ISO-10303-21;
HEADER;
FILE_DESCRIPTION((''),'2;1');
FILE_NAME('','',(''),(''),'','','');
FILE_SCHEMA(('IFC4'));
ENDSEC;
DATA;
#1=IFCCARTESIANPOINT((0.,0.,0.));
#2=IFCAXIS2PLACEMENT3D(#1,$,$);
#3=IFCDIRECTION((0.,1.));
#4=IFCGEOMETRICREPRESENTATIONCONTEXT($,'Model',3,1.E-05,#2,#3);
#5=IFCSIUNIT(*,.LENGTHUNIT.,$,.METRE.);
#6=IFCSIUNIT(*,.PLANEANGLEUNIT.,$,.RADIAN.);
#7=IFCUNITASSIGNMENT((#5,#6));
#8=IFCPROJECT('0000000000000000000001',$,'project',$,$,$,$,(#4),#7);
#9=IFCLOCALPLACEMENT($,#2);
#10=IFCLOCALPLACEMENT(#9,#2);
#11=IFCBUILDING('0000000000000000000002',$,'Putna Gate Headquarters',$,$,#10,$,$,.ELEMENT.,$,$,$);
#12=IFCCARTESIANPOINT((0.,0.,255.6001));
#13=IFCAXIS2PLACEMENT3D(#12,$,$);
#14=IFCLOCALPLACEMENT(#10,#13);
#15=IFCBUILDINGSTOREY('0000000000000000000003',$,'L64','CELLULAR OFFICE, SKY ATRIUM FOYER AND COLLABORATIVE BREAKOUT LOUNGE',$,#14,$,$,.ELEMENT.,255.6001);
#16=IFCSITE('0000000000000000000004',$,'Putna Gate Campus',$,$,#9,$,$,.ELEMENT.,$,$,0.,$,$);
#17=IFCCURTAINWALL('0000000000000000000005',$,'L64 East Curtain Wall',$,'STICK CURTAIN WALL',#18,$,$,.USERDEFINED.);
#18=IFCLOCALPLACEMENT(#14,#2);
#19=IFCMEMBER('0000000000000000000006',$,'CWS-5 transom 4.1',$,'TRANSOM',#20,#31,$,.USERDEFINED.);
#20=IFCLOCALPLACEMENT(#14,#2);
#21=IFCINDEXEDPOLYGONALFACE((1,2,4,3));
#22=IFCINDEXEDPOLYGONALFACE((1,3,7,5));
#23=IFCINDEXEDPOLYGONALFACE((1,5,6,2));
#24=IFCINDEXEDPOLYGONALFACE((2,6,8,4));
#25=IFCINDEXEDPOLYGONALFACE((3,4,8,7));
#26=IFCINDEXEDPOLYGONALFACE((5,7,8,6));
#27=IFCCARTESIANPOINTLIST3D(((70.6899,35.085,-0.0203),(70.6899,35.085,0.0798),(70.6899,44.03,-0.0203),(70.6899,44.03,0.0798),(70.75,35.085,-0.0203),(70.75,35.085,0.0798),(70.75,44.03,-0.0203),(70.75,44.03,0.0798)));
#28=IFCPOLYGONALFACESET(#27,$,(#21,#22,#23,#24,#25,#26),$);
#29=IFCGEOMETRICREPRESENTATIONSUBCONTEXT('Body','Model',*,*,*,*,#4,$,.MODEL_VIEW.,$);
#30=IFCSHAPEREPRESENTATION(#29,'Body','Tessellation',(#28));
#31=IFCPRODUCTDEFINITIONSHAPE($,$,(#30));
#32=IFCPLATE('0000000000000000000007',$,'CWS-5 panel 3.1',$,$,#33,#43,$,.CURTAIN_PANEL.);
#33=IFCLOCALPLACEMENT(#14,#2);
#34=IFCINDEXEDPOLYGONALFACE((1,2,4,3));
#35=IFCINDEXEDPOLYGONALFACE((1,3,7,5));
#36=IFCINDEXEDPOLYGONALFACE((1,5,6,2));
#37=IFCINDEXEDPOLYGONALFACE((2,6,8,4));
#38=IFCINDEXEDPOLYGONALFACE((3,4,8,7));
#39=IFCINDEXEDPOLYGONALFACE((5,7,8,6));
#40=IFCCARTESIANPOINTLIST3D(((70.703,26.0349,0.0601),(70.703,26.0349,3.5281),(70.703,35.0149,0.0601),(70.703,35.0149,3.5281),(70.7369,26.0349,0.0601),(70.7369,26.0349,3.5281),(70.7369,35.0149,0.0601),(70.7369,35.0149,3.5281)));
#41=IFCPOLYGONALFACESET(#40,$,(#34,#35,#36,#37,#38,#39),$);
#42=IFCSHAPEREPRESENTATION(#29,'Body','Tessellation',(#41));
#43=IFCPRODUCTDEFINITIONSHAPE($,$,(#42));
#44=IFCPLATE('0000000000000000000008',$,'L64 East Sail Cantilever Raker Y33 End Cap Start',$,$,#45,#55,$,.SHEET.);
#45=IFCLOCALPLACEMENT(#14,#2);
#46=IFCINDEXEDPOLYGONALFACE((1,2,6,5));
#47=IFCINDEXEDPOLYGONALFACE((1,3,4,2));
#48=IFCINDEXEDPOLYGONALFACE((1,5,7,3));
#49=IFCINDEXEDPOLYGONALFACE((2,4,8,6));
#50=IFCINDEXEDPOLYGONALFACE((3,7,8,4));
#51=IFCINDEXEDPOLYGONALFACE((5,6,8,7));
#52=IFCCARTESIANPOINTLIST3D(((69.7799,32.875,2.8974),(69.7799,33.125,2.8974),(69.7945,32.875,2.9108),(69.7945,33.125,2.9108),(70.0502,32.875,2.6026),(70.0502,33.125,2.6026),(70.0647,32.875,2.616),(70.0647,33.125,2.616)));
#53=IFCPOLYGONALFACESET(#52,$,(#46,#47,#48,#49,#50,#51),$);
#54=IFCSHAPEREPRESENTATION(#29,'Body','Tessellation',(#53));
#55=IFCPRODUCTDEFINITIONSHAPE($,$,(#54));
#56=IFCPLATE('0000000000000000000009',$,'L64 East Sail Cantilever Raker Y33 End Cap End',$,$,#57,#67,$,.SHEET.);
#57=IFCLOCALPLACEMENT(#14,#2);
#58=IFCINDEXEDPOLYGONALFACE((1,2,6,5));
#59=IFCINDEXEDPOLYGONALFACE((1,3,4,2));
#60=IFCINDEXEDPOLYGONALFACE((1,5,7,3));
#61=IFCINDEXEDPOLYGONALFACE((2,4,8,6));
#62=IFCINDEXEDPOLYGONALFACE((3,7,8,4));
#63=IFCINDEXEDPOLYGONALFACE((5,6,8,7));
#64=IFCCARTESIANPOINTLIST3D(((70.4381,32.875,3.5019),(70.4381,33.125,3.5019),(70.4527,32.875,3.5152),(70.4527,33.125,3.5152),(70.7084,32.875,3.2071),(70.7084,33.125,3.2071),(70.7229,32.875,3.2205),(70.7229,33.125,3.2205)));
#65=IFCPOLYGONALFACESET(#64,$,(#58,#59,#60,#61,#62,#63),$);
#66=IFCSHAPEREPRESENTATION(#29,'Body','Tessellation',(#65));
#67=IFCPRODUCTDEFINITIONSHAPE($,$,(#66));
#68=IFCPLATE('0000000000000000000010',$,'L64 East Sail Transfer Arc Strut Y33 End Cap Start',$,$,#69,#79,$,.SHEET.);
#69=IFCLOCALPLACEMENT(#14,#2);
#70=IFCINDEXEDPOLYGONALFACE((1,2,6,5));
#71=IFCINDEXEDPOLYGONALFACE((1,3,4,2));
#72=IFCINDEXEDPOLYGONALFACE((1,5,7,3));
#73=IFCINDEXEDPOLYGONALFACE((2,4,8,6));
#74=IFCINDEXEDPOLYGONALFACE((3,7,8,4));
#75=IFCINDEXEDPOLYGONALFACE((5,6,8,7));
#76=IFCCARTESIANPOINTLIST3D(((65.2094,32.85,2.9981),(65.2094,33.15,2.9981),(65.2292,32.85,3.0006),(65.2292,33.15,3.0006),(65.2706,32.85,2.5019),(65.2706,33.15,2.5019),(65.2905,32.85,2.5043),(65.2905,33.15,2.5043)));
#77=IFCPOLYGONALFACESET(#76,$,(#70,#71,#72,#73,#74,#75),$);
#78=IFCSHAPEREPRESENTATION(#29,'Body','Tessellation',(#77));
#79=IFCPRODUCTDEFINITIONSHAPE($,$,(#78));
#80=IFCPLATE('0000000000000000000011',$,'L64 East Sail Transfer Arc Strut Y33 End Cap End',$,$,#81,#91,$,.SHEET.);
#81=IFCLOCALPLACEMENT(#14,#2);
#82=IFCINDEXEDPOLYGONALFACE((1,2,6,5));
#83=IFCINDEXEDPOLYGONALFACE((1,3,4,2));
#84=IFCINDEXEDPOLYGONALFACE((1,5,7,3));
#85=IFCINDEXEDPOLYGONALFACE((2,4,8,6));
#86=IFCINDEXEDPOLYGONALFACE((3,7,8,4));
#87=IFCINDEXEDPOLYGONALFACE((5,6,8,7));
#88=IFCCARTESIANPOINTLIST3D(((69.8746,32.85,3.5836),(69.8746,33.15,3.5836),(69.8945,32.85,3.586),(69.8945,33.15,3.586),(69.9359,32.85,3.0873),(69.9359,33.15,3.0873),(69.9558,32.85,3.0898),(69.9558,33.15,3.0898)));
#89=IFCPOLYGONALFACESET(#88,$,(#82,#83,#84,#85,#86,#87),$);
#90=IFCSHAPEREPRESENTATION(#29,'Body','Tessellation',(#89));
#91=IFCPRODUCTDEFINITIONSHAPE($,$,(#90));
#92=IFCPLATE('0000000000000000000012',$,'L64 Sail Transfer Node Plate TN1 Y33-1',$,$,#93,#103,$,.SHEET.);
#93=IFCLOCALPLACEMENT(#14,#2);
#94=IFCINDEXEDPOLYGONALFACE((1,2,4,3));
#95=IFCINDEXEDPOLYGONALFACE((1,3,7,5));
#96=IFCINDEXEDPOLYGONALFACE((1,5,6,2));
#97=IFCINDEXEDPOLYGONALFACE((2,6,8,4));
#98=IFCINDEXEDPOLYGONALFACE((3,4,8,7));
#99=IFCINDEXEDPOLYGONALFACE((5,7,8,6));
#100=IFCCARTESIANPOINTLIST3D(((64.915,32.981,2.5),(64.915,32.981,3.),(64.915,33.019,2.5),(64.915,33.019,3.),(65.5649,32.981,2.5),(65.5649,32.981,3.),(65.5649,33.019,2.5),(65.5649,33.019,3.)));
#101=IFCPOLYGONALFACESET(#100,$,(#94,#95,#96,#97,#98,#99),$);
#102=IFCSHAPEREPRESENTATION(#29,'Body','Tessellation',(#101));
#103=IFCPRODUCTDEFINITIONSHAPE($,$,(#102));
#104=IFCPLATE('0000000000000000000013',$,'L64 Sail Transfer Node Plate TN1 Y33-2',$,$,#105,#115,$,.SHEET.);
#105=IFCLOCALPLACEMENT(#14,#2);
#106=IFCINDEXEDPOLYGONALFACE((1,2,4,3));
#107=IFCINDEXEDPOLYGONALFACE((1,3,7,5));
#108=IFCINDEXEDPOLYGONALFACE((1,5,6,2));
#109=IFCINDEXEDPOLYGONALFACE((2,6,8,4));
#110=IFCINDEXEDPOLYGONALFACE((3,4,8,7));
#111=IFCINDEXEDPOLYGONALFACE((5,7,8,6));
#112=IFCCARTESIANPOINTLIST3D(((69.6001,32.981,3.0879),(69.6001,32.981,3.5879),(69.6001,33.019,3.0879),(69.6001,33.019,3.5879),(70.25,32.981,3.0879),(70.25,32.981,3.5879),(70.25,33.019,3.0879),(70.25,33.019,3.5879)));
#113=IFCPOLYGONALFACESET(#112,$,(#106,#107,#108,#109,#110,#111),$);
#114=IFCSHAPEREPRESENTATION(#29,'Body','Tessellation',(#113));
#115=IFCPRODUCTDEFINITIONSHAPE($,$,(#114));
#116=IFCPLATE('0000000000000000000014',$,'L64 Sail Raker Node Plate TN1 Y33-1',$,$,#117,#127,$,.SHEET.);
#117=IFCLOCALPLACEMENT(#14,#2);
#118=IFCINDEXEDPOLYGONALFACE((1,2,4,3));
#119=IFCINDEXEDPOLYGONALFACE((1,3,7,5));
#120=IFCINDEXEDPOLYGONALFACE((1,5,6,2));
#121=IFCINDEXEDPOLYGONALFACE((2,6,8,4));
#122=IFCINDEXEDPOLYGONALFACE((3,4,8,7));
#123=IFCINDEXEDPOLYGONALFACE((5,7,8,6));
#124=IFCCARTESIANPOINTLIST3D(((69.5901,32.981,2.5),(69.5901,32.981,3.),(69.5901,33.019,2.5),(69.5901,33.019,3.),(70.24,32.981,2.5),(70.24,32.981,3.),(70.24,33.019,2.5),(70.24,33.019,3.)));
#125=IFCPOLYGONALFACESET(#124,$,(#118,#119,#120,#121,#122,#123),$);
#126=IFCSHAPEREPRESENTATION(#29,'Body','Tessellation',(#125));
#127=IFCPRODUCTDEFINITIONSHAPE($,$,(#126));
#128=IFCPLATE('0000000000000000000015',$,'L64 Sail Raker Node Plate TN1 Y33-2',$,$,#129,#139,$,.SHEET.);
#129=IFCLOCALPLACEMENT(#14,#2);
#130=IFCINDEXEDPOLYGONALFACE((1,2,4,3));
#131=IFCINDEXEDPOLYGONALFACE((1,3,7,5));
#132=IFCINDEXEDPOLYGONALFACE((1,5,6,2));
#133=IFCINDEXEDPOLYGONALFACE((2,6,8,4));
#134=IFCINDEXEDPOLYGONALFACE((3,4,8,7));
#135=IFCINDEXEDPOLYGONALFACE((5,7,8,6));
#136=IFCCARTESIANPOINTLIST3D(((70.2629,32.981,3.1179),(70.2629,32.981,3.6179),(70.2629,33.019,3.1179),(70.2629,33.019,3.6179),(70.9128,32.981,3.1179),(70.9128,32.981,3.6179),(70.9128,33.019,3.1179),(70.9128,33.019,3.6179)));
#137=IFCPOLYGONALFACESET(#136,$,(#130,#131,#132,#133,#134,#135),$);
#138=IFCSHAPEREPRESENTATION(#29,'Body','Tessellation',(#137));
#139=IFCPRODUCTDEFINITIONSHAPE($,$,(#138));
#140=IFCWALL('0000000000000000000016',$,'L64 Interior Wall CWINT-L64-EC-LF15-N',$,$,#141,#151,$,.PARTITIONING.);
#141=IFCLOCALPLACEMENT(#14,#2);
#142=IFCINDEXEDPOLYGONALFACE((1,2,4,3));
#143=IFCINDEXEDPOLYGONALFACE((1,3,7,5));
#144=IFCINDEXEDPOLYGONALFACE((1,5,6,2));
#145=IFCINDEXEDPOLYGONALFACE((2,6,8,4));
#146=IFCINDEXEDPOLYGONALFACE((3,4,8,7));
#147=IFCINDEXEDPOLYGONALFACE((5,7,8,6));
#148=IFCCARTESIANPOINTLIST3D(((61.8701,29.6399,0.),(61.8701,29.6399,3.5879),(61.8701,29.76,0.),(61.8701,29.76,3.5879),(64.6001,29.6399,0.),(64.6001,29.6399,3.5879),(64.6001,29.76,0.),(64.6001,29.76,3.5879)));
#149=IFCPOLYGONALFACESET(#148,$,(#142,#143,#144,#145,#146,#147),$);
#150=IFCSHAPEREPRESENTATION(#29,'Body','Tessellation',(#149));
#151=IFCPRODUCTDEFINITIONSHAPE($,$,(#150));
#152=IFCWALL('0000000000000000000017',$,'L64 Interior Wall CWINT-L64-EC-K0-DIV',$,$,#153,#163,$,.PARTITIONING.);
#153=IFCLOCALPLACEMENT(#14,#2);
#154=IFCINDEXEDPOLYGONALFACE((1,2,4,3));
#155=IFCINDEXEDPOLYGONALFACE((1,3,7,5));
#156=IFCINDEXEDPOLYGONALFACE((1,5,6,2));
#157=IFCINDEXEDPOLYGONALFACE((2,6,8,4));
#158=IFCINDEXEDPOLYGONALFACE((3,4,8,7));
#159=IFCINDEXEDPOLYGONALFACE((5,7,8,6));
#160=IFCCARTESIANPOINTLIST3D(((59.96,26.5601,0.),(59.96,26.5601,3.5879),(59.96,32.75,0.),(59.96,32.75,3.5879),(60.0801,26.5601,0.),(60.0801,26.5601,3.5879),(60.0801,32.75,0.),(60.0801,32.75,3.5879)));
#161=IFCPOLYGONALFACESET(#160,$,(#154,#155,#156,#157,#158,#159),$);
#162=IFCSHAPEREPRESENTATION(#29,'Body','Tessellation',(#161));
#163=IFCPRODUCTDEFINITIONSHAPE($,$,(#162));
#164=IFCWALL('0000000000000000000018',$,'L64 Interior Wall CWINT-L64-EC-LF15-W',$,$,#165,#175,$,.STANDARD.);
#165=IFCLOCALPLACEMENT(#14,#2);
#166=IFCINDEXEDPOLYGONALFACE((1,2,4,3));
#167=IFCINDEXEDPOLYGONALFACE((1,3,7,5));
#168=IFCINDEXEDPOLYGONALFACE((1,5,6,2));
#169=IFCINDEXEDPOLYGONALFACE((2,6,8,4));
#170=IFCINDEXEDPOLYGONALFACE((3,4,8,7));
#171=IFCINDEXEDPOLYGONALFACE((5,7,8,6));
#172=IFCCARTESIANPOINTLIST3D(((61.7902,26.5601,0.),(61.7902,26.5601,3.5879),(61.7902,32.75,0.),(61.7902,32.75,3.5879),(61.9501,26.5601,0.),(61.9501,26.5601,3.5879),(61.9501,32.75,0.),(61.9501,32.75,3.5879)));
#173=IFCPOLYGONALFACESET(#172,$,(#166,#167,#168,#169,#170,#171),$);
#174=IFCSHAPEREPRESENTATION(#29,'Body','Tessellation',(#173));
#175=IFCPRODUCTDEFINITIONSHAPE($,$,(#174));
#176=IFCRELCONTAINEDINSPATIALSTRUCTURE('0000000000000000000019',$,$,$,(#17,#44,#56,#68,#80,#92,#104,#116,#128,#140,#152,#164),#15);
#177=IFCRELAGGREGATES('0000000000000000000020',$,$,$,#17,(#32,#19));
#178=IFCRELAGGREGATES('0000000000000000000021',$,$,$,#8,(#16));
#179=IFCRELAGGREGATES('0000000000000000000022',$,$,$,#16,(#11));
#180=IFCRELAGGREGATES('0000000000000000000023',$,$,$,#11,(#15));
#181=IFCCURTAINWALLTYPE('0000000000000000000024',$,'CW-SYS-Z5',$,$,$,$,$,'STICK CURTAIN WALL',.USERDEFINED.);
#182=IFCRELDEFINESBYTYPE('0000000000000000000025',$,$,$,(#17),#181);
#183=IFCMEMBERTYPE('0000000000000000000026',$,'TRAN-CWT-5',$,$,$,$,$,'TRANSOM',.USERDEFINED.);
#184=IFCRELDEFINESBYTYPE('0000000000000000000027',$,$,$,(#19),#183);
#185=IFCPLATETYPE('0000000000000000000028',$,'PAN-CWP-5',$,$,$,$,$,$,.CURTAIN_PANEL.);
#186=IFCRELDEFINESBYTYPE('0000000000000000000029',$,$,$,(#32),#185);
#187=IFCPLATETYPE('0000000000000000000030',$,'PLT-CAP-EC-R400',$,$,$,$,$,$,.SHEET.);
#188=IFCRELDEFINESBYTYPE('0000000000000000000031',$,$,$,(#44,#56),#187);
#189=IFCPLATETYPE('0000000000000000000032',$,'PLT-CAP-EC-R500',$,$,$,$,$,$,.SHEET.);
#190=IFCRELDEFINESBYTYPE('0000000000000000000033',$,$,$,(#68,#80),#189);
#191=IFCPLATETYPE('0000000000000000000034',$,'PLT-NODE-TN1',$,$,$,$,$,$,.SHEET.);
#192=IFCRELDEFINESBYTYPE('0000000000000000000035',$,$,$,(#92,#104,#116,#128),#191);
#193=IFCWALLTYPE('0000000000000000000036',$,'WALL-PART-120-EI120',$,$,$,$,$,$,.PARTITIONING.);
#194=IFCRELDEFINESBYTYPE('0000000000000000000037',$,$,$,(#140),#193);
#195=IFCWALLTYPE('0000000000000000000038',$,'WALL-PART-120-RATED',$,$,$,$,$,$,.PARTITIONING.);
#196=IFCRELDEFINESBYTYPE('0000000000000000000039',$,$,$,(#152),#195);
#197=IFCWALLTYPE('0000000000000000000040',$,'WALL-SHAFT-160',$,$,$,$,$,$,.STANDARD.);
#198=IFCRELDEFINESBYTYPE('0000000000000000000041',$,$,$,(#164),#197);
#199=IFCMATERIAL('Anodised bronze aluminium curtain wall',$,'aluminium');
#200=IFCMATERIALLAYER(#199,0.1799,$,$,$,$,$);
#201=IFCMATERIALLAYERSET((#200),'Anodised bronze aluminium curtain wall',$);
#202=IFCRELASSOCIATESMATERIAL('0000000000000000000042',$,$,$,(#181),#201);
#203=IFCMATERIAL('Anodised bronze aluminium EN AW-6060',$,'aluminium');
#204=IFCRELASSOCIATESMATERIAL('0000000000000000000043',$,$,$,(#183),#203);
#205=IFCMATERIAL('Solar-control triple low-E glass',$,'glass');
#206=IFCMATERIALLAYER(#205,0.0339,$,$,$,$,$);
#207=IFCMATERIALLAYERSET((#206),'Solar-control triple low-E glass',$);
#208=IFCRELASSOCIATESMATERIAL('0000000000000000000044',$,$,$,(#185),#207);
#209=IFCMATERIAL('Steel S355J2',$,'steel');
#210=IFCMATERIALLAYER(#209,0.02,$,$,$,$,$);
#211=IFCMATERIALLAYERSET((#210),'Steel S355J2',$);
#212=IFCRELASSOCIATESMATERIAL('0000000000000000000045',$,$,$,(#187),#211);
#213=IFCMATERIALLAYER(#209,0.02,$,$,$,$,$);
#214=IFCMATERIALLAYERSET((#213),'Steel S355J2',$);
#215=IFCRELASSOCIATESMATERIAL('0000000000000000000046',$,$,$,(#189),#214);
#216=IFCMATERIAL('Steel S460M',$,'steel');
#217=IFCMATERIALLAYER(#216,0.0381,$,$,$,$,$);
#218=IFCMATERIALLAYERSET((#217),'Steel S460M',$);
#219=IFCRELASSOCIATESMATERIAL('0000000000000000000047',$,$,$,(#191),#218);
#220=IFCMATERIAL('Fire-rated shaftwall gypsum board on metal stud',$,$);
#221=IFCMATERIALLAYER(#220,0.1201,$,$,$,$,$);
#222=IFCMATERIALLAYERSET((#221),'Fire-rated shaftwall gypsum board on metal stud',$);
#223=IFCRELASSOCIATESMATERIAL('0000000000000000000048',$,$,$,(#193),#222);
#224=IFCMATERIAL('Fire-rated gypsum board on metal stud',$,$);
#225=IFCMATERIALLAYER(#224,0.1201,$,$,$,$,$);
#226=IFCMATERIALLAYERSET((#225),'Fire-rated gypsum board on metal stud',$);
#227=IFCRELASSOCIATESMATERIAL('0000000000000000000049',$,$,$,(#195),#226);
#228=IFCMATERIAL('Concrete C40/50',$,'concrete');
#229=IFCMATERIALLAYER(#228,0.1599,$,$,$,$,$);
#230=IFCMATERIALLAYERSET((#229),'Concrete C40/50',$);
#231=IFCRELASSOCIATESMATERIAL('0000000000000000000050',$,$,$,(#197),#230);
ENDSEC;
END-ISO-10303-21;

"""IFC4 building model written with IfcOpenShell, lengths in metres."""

from ifc_helpers import new_model, si_unit, direction, frame, frame_2d, origin, origin_2d, place, context, subcontext, project, spatial, rectangle, extrude, material, layer, layer_set, material_profile, profile_set, type_object, element, aggregate, save


model = new_model("IFC4")

# Units and contexts
model_context = context("Model", 3, precision=1e-05, world=origin(), true_north=direction((0.0, 1.0)))
body_context = subcontext(model_context, "Body", "Model", "MODEL_VIEW")
ifc_project = project(units=[si_unit("LENGTHUNIT", "METRE"), si_unit("PLANEANGLEUNIT", "RADIAN")], contexts=[model_context])

# Site, building, storey
site_placement = place(None, origin())
site = spatial("IfcSite", under=ifc_project, at=site_placement, Name="Putna Gate Campus", CompositionType="ELEMENT", RefElevation=0.0)
building_placement = place(site_placement, origin())
building = spatial("IfcBuilding", under=site, at=building_placement, Name="Putna Gate Headquarters", CompositionType="ELEMENT")
storey_placement = place(building_placement, frame((0.0, 0.0, 255.6001)))
storey = spatial("IfcBuildingStorey", under=building, at=storey_placement, Name="L64", Description="CELLULAR OFFICE, SKY ATRIUM FOYER AND COLLABORATIVE BREAKOUT LOUNGE", CompositionType="ELEMENT", Elevation=255.6001)

# Shared definitions
ifc_material_1 = material(Name="Steel S460M", Category="steel")

# Shared definitions
ifc_material_2 = material(Name="Steel S355J2", Category="steel")

# Curtain wall, member, plate
ifc_material_3 = material(Name="Anodised bronze aluminium curtain wall", Category="aluminium")
ifc_layer_1 = layer(ifc_material_3, 0.1799)
ifc_layer_set_1 = layer_set([ifc_layer_1], Name="Anodised bronze aluminium curtain wall")
curtain_wall_type = type_object("IfcCurtainWallType", Name="CW-SYS-Z5", ElementType="STICK CURTAIN WALL", PredefinedType="USERDEFINED", material=ifc_layer_set_1)
curtain_wall_placement = place(storey_placement, origin())
curtain_wall = element("IfcCurtainWall", 1, at=curtain_wall_placement, inside=storey, type_object=curtain_wall_type, Name="L64 East Curtain Wall", ObjectType="STICK CURTAIN WALL", PredefinedType="USERDEFINED")
ifc_material_4 = material(Name="Anodised bronze aluminium EN AW-6060", Category="aluminium")
ifc_material_profile_1 = material_profile(ifc_material_4, rectangle(XDim=0.0601, YDim=0.1001, at=origin_2d()), Name="Anodised bronze aluminium EN AW-6060")
ifc_profile_set_1 = profile_set([ifc_material_profile_1], Name="Anodised bronze aluminium EN AW-6060")
member_type_1 = type_object("IfcMemberType", Name="TRAN-CWT-5", ElementType="TRANSOM", PredefinedType="USERDEFINED", material=ifc_profile_set_1)
member_1_placement = place(storey_placement, frame((70.72, 35.085, 0.0298), z_axis=(0.0, 1.0, 0.0), x_axis=(-1.0, 0.0, 0.0)))
member_1 = element("IfcMember", 2, at=member_1_placement, type_object=member_type_1, Name="CWS-5 transom 4.1", ObjectType="TRANSOM", PredefinedType="USERDEFINED", context=body_context, shape_type="SweptSolid", body=[
    extrude(rectangle(XDim=0.0601, YDim=0.1001, at=origin_2d()), origin(), (0.0, 0.0, 1.0), 8.9451),
])
ifc_material_5 = material(Name="Solar-control triple low-E glass", Category="glass")
ifc_layer_2 = layer(ifc_material_5, 0.0339)
ifc_layer_set_2 = layer_set([ifc_layer_2], Name="Solar-control triple low-E glass")
plate_type_1 = type_object("IfcPlateType", Name="PAN-CWP-5", PredefinedType="CURTAIN_PANEL", material=ifc_layer_set_2)
plate_placement = place(storey_placement, frame((70.72, 30.5249, 0.0601), z_axis=(0.0, 0.0, 1.0), x_axis=(0.0, 1.0, 0.0)))
plate = element("IfcPlate", 3, at=plate_placement, type_object=plate_type_1, Name="CWS-5 panel 3.1", PredefinedType="CURTAIN_PANEL", context=body_context, shape_type="SweptSolid", body=[
    extrude(rectangle(XDim=8.98, YDim=0.0339, at=origin_2d()), origin(), (0.0, 0.0, 1.0), 3.468),
])
aggregate(curtain_wall, [plate, member_1])

# Plates
ifc_layer_3 = layer(ifc_material_2, 0.02)
ifc_layer_set_3 = layer_set([ifc_layer_3], Name="Steel S355J2")
plate_type_2 = type_object("IfcPlateType", Name="PLT-CAP-EC-R400", PredefinedType="SHEET", material=ifc_layer_set_3)
for number, where, z_axis, x_axis, name in (
    (4, (69.915, 33.0, 2.75), (0.737154, 0.0, 0.675725), (0.0, 1.0, 0.0), "L64 East Sail Cantilever Raker Y33 End Cap Start"),
    (5, (70.5732, 33.0, 3.3545), (0.737154, 0.0, 0.675725), (0.0, 1.0, 0.0), "L64 East Sail Cantilever Raker Y33 End Cap End"),
):
    element("IfcPlate", number, at=place(storey_placement, frame(where, z_axis=z_axis, x_axis=x_axis)), inside=storey, type_object=plate_type_2, Name=name, PredefinedType="SHEET", context=body_context, shape_type="SweptSolid", body=[
        extrude(rectangle(XDim=0.25, YDim=0.3999, at=origin_2d()), origin(), (0.0, 0.0, 1.0), 0.0198),
    ])
ifc_layer_4 = layer(ifc_material_2, 0.02)
ifc_layer_set_4 = layer_set([ifc_layer_4], Name="Steel S355J2")
plate_type_3 = type_object("IfcPlateType", Name="PLT-CAP-EC-R500", PredefinedType="SHEET", material=ifc_layer_set_4)
for number, where, z_axis, x_axis, name in (
    (6, (65.24, 33.0, 2.75), (0.992465, 0.0, 0.122527), (0.0, 1.0, 0.0), "L64 East Sail Transfer Arc Strut Y33 End Cap Start"),
    (7, (69.9053, 33.0, 3.3354), (0.992465, 0.0, 0.122527), (0.0, 1.0, 0.0), "L64 East Sail Transfer Arc Strut Y33 End Cap End"),
):
    element("IfcPlate", number, at=place(storey_placement, frame(where, z_axis=z_axis, x_axis=x_axis)), inside=storey, type_object=plate_type_3, Name=name, PredefinedType="SHEET", context=body_context, shape_type="SweptSolid", body=[
        extrude(rectangle(XDim=0.3, YDim=0.5, at=origin_2d()), origin(), (0.0, 0.0, 1.0), 0.02),
    ])
ifc_layer_5 = layer(ifc_material_1, 0.0381)
ifc_layer_set_5 = layer_set([ifc_layer_5], Name="Steel S460M")
plate_type_4 = type_object("IfcPlateType", Name="PLT-NODE-TN1", PredefinedType="SHEET", material=ifc_layer_set_5)
for number, where, z_axis, x_axis, name in (
    (8, (65.24, 33.0, 2.5), (0.0, 0.0, 1.0), (1.0, 0.0, 0.0), "L64 Sail Transfer Node Plate TN1 Y33-1"),
    (9, (69.925, 33.0, 3.0879), (0.0, 0.0, 1.0), (1.0, 0.0, 0.0), "L64 Sail Transfer Node Plate TN1 Y33-2"),
    (10, (69.915, 33.0, 2.5), (0.0, 0.0, 1.0), (1.0, 0.0, 0.0), "L64 Sail Raker Node Plate TN1 Y33-1"),
    (11, (70.5879, 33.0, 3.1179), (0.0, 0.0, 1.0), (1.0, 0.0, 0.0), "L64 Sail Raker Node Plate TN1 Y33-2"),
):
    element("IfcPlate", number, at=place(storey_placement, frame(where, z_axis=z_axis, x_axis=x_axis)), inside=storey, type_object=plate_type_4, Name=name, PredefinedType="SHEET", context=body_context, shape_type="SweptSolid", body=[
        extrude(rectangle(XDim=0.6499, YDim=0.0381, at=origin_2d()), origin(), (0.0, 0.0, 1.0), 0.5),
    ])

# Walls
ifc_material_6 = material(Name="Fire-rated shaftwall gypsum board on metal stud")
ifc_layer_6 = layer(ifc_material_6, 0.1201)
ifc_layer_set_6 = layer_set([ifc_layer_6], Name="Fire-rated shaftwall gypsum board on metal stud")
wall_type_1 = type_object("IfcWallType", Name="WALL-PART-120-EI120", PredefinedType="PARTITIONING", material=ifc_layer_set_6)
wall_1_placement = place(storey_placement, frame((61.8701, 29.7, 0.0), z_axis=(0.0, 0.0, 1.0), x_axis=(1.0, 0.0, 0.0)))
element("IfcWall", 12, at=wall_1_placement, inside=storey, type_object=wall_type_1, Name="L64 Interior Wall CWINT-L64-EC-LF15-N", PredefinedType="PARTITIONING", context=body_context, shape_type="SweptSolid", body=[
    extrude(rectangle(XDim=2.73, YDim=0.1201, at=frame_2d((1.365, 0.0))), origin(), (0.0, 0.0, 1.0), 3.5879),
])
ifc_material_7 = material(Name="Fire-rated gypsum board on metal stud")
ifc_layer_7 = layer(ifc_material_7, 0.1201)
ifc_layer_set_7 = layer_set([ifc_layer_7], Name="Fire-rated gypsum board on metal stud")
wall_type_2 = type_object("IfcWallType", Name="WALL-PART-120-RATED", PredefinedType="PARTITIONING", material=ifc_layer_set_7)
wall_2_placement = place(storey_placement, frame((60.02, 26.5601, 0.0), z_axis=(0.0, 0.0, 1.0), x_axis=(0.0, 1.0, 0.0)))
element("IfcWall", 13, at=wall_2_placement, inside=storey, type_object=wall_type_2, Name="L64 Interior Wall CWINT-L64-EC-K0-DIV", PredefinedType="PARTITIONING", context=body_context, shape_type="SweptSolid", body=[
    extrude(rectangle(XDim=6.1899, YDim=0.1201, at=frame_2d((3.095, 0.0))), origin(), (0.0, 0.0, 1.0), 3.5879),
])
ifc_material_8 = material(Name="Concrete C40/50", Category="concrete")
ifc_layer_8 = layer(ifc_material_8, 0.1599)
ifc_layer_set_8 = layer_set([ifc_layer_8], Name="Concrete C40/50")
wall_type_3 = type_object("IfcWallType", Name="WALL-SHAFT-160", PredefinedType="STANDARD", material=ifc_layer_set_8)
wall_3_placement = place(storey_placement, frame((61.8701, 26.5601, 0.0), z_axis=(0.0, 0.0, 1.0), x_axis=(0.0, 1.0, 0.0)))
element("IfcWall", 14, at=wall_3_placement, inside=storey, type_object=wall_type_3, Name="L64 Interior Wall CWINT-L64-EC-LF15-W", PredefinedType="STANDARD", context=body_context, shape_type="SweptSolid", body=[
    extrude(rectangle(XDim=6.1899, YDim=0.1599, at=frame_2d((3.095, 0.0))), origin(), (0.0, 0.0, 1.0), 3.5879),
])

save(model, "model.ifc")
